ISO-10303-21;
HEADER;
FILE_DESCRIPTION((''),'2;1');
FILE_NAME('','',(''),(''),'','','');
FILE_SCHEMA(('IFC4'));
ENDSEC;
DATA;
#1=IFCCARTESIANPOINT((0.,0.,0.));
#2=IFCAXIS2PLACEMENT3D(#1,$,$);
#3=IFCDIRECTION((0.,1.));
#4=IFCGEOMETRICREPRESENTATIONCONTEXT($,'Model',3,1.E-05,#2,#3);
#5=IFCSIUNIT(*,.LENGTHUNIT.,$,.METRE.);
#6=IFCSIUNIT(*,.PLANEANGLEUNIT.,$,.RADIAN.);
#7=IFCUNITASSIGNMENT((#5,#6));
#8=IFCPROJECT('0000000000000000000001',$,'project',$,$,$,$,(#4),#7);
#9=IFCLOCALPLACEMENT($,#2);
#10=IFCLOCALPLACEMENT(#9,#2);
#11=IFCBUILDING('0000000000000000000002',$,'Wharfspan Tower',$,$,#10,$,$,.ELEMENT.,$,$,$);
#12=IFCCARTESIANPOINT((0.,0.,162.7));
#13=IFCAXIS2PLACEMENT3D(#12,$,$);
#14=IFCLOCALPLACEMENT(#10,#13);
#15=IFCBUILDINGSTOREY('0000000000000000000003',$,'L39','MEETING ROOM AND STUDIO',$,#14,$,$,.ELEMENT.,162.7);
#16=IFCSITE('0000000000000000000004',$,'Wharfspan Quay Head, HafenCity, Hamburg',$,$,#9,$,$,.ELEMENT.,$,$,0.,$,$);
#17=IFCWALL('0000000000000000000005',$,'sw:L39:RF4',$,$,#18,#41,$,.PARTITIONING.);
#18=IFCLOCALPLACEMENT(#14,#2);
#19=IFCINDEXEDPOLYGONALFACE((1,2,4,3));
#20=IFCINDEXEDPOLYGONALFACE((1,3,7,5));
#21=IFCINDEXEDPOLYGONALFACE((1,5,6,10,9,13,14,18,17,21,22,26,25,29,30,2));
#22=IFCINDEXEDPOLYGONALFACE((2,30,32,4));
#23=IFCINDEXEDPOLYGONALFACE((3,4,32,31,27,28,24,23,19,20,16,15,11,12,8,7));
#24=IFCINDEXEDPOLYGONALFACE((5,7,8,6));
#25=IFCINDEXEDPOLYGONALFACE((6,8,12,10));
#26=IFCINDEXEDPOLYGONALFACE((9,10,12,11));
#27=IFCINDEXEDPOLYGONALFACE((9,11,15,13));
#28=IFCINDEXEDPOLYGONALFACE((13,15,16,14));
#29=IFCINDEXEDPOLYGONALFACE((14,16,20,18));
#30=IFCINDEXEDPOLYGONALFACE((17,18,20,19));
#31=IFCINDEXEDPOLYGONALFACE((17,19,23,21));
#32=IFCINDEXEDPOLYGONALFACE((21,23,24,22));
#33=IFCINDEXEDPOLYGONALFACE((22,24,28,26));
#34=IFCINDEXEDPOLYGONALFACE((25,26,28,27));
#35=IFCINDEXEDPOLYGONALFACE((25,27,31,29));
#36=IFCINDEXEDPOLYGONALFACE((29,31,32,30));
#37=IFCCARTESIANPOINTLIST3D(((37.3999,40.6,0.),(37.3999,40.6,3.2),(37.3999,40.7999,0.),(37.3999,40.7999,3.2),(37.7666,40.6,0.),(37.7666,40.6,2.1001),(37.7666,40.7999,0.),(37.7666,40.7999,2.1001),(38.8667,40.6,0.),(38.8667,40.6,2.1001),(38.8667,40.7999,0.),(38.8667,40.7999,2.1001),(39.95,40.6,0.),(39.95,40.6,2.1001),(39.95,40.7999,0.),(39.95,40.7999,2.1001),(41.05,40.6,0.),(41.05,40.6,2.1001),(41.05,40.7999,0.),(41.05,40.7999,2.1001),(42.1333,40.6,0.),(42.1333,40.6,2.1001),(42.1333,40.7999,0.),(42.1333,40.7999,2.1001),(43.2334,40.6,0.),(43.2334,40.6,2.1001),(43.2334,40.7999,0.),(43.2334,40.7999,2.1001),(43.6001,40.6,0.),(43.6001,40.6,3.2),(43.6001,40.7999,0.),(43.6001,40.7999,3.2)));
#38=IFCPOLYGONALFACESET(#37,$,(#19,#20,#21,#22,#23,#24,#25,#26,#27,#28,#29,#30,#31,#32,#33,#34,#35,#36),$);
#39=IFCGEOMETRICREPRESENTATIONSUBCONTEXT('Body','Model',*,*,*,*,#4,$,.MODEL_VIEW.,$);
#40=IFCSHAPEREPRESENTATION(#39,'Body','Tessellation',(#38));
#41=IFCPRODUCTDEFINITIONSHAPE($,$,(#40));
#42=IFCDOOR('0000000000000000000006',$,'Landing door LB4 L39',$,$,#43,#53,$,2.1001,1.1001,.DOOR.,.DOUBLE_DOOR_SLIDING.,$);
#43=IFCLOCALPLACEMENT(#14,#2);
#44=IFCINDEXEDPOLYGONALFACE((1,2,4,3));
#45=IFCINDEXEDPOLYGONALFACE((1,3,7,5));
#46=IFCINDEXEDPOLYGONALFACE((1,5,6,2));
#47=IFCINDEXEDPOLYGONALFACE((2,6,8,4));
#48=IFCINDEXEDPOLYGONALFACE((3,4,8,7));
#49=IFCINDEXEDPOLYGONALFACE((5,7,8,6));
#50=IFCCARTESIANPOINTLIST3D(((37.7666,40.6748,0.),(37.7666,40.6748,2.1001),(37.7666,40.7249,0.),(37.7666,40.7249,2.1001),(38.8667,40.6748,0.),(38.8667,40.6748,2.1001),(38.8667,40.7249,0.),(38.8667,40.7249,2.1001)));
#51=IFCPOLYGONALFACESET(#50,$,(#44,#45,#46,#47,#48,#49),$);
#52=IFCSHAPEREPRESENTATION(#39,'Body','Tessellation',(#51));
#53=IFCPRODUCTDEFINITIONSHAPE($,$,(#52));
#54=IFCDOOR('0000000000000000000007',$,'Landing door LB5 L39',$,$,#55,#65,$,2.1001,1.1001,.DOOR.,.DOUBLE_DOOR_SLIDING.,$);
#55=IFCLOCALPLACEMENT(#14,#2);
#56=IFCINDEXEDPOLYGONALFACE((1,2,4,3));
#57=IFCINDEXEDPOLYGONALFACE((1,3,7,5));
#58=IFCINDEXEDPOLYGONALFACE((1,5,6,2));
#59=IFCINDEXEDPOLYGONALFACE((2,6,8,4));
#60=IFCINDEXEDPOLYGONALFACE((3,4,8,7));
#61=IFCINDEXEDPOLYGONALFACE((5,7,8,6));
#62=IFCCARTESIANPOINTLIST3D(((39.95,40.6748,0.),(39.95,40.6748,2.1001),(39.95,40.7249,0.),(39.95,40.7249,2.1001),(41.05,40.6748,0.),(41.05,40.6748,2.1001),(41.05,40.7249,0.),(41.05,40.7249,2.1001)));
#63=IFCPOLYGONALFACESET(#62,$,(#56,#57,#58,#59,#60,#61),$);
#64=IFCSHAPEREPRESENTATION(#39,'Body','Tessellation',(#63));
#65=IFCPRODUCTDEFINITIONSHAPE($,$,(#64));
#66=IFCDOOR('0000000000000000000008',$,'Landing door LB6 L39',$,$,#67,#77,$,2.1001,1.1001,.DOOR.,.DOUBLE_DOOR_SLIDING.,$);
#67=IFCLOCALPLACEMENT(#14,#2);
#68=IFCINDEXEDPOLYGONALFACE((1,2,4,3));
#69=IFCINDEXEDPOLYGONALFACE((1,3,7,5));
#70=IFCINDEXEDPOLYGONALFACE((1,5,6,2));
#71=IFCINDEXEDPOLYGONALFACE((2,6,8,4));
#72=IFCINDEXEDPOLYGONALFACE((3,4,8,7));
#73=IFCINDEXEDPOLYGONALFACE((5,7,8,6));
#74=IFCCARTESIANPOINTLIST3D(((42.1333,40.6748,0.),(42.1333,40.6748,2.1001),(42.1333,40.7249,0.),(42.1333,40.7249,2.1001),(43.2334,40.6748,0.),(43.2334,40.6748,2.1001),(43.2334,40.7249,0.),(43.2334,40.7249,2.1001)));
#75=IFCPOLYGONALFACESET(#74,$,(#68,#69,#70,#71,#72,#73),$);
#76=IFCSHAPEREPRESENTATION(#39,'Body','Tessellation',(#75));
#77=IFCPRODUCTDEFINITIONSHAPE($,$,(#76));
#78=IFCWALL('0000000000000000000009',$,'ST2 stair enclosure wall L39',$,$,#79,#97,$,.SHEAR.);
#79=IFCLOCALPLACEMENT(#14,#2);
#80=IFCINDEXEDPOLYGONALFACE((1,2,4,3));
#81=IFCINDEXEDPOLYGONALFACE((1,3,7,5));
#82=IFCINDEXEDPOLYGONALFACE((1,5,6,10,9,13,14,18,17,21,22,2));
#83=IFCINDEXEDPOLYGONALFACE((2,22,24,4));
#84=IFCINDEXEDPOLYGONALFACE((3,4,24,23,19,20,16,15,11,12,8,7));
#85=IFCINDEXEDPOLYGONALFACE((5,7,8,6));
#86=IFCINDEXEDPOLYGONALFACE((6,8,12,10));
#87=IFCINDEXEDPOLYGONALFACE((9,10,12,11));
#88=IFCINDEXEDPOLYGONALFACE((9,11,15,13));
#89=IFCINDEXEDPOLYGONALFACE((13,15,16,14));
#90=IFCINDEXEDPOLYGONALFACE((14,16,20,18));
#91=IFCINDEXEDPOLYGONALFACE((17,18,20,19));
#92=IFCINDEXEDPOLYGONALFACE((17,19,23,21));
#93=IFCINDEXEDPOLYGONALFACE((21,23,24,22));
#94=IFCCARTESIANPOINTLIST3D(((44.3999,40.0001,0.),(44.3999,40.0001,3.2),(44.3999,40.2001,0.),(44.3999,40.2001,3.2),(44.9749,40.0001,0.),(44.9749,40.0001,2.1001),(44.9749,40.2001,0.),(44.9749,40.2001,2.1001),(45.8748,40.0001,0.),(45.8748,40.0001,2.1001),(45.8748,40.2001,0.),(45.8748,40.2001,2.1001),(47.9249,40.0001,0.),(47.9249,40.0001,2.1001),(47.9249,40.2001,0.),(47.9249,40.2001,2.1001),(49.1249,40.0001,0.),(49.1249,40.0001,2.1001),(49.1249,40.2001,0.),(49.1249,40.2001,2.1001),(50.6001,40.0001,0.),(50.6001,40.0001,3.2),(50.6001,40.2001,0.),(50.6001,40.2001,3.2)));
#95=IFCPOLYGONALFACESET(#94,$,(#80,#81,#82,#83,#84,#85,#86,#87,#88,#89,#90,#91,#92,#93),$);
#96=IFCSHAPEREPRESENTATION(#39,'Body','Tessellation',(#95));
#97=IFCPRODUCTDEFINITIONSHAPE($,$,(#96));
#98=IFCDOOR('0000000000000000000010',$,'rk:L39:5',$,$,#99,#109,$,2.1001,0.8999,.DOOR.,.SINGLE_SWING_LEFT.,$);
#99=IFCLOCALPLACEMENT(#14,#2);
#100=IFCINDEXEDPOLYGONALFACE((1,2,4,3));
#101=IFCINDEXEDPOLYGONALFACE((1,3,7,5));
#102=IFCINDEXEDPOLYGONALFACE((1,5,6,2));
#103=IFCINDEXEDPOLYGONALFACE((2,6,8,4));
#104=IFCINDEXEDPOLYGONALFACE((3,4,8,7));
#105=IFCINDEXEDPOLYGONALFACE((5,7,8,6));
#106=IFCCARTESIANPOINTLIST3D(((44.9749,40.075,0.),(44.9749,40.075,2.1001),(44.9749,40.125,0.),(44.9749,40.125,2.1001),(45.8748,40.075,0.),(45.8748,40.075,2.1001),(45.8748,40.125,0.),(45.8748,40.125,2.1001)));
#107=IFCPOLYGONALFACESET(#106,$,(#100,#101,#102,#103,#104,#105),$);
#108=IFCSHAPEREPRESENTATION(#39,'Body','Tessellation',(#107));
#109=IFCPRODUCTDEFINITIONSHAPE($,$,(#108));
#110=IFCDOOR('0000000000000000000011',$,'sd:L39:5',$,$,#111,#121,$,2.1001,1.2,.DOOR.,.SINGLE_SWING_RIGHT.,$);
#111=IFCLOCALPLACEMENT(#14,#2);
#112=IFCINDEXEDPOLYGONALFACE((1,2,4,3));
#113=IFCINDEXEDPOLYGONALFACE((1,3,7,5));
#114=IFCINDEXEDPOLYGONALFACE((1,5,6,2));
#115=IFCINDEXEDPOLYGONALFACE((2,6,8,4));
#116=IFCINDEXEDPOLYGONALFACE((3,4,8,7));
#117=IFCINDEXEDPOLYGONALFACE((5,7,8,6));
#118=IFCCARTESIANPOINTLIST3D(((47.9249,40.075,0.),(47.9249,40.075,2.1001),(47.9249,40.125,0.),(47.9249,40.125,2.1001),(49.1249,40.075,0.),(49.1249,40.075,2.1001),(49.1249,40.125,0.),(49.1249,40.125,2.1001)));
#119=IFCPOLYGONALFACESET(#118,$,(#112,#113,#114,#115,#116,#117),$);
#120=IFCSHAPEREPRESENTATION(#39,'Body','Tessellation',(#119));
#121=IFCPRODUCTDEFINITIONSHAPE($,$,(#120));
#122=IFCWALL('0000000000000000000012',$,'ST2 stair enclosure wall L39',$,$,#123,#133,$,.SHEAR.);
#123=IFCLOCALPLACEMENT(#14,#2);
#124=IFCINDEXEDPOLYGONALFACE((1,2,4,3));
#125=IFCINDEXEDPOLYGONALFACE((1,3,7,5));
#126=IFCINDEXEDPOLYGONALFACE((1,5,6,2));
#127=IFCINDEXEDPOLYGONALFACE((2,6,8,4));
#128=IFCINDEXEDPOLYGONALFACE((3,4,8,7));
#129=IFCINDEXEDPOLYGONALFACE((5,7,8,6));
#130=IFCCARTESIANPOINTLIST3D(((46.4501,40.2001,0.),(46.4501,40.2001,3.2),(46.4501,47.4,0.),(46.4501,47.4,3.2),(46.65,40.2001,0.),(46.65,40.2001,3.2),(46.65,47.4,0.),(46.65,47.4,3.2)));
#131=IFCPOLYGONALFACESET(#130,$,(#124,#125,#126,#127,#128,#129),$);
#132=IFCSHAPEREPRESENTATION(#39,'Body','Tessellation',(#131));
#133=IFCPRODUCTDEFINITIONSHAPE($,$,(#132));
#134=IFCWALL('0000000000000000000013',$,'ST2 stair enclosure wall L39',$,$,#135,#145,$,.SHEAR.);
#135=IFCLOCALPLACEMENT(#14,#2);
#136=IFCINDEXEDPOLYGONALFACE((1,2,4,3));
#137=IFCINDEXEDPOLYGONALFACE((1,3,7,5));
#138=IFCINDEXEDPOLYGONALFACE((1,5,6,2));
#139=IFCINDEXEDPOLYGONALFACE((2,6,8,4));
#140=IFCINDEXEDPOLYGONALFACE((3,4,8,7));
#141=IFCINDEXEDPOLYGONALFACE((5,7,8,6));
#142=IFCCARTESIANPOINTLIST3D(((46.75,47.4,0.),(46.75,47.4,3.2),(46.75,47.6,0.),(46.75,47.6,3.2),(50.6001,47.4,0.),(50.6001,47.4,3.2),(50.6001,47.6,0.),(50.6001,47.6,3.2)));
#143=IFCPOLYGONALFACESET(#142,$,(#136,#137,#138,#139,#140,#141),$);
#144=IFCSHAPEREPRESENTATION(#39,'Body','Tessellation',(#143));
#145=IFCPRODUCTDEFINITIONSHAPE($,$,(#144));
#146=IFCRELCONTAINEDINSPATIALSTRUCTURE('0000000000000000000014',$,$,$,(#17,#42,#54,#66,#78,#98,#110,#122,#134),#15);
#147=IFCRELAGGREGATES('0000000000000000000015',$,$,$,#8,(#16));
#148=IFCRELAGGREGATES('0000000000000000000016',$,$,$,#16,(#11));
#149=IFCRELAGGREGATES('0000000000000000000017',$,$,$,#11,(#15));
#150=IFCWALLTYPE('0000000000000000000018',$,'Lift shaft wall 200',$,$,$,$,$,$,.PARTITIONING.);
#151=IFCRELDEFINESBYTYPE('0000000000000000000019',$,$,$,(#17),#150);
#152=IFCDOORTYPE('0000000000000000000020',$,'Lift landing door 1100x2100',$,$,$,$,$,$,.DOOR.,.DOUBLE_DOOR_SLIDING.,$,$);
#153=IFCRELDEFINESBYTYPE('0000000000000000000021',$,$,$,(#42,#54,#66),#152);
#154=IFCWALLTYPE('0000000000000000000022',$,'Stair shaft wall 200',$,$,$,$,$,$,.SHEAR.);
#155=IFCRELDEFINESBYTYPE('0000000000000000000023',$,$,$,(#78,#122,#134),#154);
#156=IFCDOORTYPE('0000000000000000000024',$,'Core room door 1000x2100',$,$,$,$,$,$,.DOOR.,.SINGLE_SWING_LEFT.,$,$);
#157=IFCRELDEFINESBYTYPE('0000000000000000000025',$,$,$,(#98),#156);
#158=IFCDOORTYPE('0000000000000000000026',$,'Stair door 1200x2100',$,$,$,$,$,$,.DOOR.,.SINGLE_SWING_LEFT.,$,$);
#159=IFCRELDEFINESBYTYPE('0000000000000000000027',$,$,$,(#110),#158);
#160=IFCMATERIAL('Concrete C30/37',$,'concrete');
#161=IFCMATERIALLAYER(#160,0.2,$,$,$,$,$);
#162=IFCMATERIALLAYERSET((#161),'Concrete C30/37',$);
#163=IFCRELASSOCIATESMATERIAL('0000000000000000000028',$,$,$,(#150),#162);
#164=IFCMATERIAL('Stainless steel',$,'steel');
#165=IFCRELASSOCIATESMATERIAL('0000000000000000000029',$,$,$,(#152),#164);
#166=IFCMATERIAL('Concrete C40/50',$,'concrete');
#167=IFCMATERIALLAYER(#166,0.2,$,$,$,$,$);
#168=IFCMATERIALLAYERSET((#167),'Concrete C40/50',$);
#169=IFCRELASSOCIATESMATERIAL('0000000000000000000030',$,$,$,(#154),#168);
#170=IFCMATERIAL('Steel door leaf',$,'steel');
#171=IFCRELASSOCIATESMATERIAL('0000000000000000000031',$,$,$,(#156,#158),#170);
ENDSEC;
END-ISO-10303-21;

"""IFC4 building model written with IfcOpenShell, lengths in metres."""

from ifc_helpers import new_model, si_unit, direction, frame, frame_2d, origin, place, context, subcontext, project, spatial, rectangle, extrude, material, layer, layer_set, type_object, element, fill, save


model = new_model("IFC4")

# Units and contexts
model_context = context("Model", 3, precision=1e-05, world=origin(), true_north=direction((0.0, 1.0)))
body_context = subcontext(model_context, "Body", "Model", "MODEL_VIEW")
ifc_project = project(units=[si_unit("LENGTHUNIT", "METRE"), si_unit("PLANEANGLEUNIT", "RADIAN")], contexts=[model_context])

# Site, building, storey
site_placement = place(None, origin())
site = spatial("IfcSite", under=ifc_project, at=site_placement, Name="Wharfspan Quay Head, HafenCity, Hamburg", CompositionType="ELEMENT", RefElevation=0.0)
building_placement = place(site_placement, origin())
building = spatial("IfcBuilding", under=site, at=building_placement, Name="Wharfspan Tower", CompositionType="ELEMENT")
storey_placement = place(building_placement, frame((0.0, 0.0, 162.7)))
storey = spatial("IfcBuildingStorey", under=building, at=storey_placement, Name="L39", Description="MEETING ROOM AND STUDIO", CompositionType="ELEMENT", Elevation=162.7)

# Walls, openings, doors
ifc_material_1 = material(Name="Concrete C30/37", Category="concrete")
ifc_layer_1 = layer(ifc_material_1, 0.2)
ifc_layer_set_1 = layer_set([ifc_layer_1], Name="Concrete C30/37")
wall_type_1 = type_object("IfcWallType", Name="Lift shaft wall 200", PredefinedType="PARTITIONING", material=ifc_layer_set_1)
wall_1_placement = place(storey_placement, frame((37.3999, 40.7, 0.0), z_axis=(0.0, 0.0, 1.0), x_axis=(1.0, 0.0, 0.0)))
wall_1 = element("IfcWall", 1, at=wall_1_placement, inside=storey, type_object=wall_type_1, Name="sw:L39:RF4", PredefinedType="PARTITIONING", context=body_context, shape_type="SweptSolid", body=[
    extrude(rectangle(XDim=6.2002, YDim=0.2, at=frame_2d((3.1001, 0.0))), origin(), (0.0, 0.0, 1.0), 3.2),
])
opening_1_placement = place(wall_1_placement, frame((0.3667, 0.0, 0.0)))
opening_1 = element("IfcOpeningElement", 2, at=opening_1_placement, cuts=wall_1, PredefinedType="OPENING", context=body_context, shape_type="SweptSolid", body=[
    extrude(rectangle(XDim=1.1001, YDim=2.1001, at=frame_2d((0.55, 1.05))), frame((0.0, 0.1099, 0.0), z_axis=(0.0, -1.0, 0.0), x_axis=(1.0, 0.0, 0.0)), (0.0, 0.0, 1.0), 0.22),
])
opening_2_placement = place(wall_1_placement, frame((2.55, 0.0, 0.0)))
opening_2 = element("IfcOpeningElement", 3, at=opening_2_placement, cuts=wall_1, PredefinedType="OPENING", context=body_context, shape_type="SweptSolid", body=[
    extrude(rectangle(XDim=1.1001, YDim=2.1001, at=frame_2d((0.55, 1.05))), frame((0.0, 0.1099, 0.0), z_axis=(0.0, -1.0, 0.0), x_axis=(1.0, 0.0, 0.0)), (0.0, 0.0, 1.0), 0.22),
])
opening_3_placement = place(wall_1_placement, frame((4.7334, 0.0, 0.0)))
opening_3 = element("IfcOpeningElement", 4, at=opening_3_placement, cuts=wall_1, PredefinedType="OPENING", context=body_context, shape_type="SweptSolid", body=[
    extrude(rectangle(XDim=1.1001, YDim=2.1001, at=frame_2d((0.55, 1.05))), frame((0.0, 0.1099, 0.0), z_axis=(0.0, -1.0, 0.0), x_axis=(1.0, 0.0, 0.0)), (0.0, 0.0, 1.0), 0.22),
])
ifc_material_2 = material(Name="Stainless steel", Category="steel")
door_type_1 = type_object("IfcDoorType", Name="Lift landing door 1100x2100", OperationType="DOUBLE_DOOR_SLIDING", PredefinedType="DOOR", material=ifc_material_2)
door_1_placement = place(opening_1_placement, origin())
door_1 = element("IfcDoor", 5, at=door_1_placement, inside=storey, type_object=door_type_1, Name="Landing door LB4 L39", OperationType="DOUBLE_DOOR_SLIDING", OverallHeight=2.1001, OverallWidth=1.1001, PredefinedType="DOOR", context=body_context, shape_type="SweptSolid", body=[
    extrude(rectangle(XDim=1.1001, YDim=2.1001, at=frame_2d((0.55, 1.05))), frame((0.0, 0.0249, 0.0), z_axis=(0.0, -1.0, 0.0), x_axis=(1.0, 0.0, 0.0)), (0.0, 0.0, 1.0), 0.05),
])
fill(opening_1, door_1)
door_2_placement = place(opening_2_placement, origin())
door_2 = element("IfcDoor", 6, at=door_2_placement, inside=storey, type_object=door_type_1, Name="Landing door LB5 L39", OperationType="DOUBLE_DOOR_SLIDING", OverallHeight=2.1001, OverallWidth=1.1001, PredefinedType="DOOR", context=body_context, shape_type="SweptSolid", body=[
    extrude(rectangle(XDim=1.1001, YDim=2.1001, at=frame_2d((0.55, 1.05))), frame((0.0, 0.0249, 0.0), z_axis=(0.0, -1.0, 0.0), x_axis=(1.0, 0.0, 0.0)), (0.0, 0.0, 1.0), 0.05),
])
fill(opening_2, door_2)
door_3_placement = place(opening_3_placement, origin())
door_3 = element("IfcDoor", 7, at=door_3_placement, inside=storey, type_object=door_type_1, Name="Landing door LB6 L39", OperationType="DOUBLE_DOOR_SLIDING", OverallHeight=2.1001, OverallWidth=1.1001, PredefinedType="DOOR", context=body_context, shape_type="SweptSolid", body=[
    extrude(rectangle(XDim=1.1001, YDim=2.1001, at=frame_2d((0.55, 1.05))), frame((0.0, 0.0249, 0.0), z_axis=(0.0, -1.0, 0.0), x_axis=(1.0, 0.0, 0.0)), (0.0, 0.0, 1.0), 0.05),
])
fill(opening_3, door_3)
ifc_material_3 = material(Name="Concrete C40/50", Category="concrete")
ifc_layer_2 = layer(ifc_material_3, 0.2)
ifc_layer_set_2 = layer_set([ifc_layer_2], Name="Concrete C40/50")
wall_type_2 = type_object("IfcWallType", Name="Stair shaft wall 200", PredefinedType="SHEAR", material=ifc_layer_set_2)
wall_2_placement = place(storey_placement, frame((44.3999, 40.1001, 0.0), z_axis=(0.0, 0.0, 1.0), x_axis=(1.0, 0.0, 0.0)))
wall_2 = element("IfcWall", 8, at=wall_2_placement, inside=storey, type_object=wall_type_2, Name="ST2 stair enclosure wall L39", PredefinedType="SHEAR", context=body_context, shape_type="SweptSolid", body=[
    extrude(rectangle(XDim=6.2002, YDim=0.2, at=frame_2d((3.1001, 0.0))), origin(), (0.0, 0.0, 1.0), 3.2),
])
opening_4_placement = place(wall_2_placement, frame((3.5249, 0.0, 0.0)))
opening_4 = element("IfcOpeningElement", 9, at=opening_4_placement, cuts=wall_2, PredefinedType="OPENING", context=body_context, shape_type="SweptSolid", body=[
    extrude(rectangle(XDim=1.2, YDim=2.1001, at=frame_2d((0.6001, 1.05))), frame((0.0, 0.1099, 0.0), z_axis=(0.0, -1.0, 0.0), x_axis=(1.0, 0.0, 0.0)), (0.0, 0.0, 1.0), 0.22),
])
opening_5_placement = place(wall_2_placement, frame((0.575, 0.0, 0.0)))
opening_5 = element("IfcOpeningElement", 10, at=opening_5_placement, cuts=wall_2, PredefinedType="OPENING", context=body_context, shape_type="SweptSolid", body=[
    extrude(rectangle(XDim=0.8999, YDim=2.1001, at=frame_2d((0.45, 1.05))), frame((0.0, 0.1099, 0.0), z_axis=(0.0, -1.0, 0.0), x_axis=(1.0, 0.0, 0.0)), (0.0, 0.0, 1.0), 0.22),
])
ifc_material_4 = material(Name="Steel door leaf", Category="steel")
door_type_2 = type_object("IfcDoorType", Name="Core room door 1000x2100", OperationType="SINGLE_SWING_LEFT", PredefinedType="DOOR", material=ifc_material_4)
door_4_placement = place(opening_5_placement, origin())
door_4 = element("IfcDoor", 11, at=door_4_placement, inside=storey, type_object=door_type_2, Name="rk:L39:5", OperationType="SINGLE_SWING_LEFT", OverallHeight=2.1001, OverallWidth=0.8999, PredefinedType="DOOR", context=body_context, shape_type="SweptSolid", body=[
    extrude(rectangle(XDim=0.8999, YDim=2.1001, at=frame_2d((0.45, 1.05))), frame((0.0, 0.0249, 0.0), z_axis=(0.0, -1.0, 0.0), x_axis=(1.0, 0.0, 0.0)), (0.0, 0.0, 1.0), 0.05),
])
fill(opening_5, door_4)
door_type_3 = type_object("IfcDoorType", Name="Stair door 1200x2100", OperationType="SINGLE_SWING_LEFT", PredefinedType="DOOR", material=ifc_material_4)
door_5_placement = place(opening_4_placement, origin())
door_5 = element("IfcDoor", 12, at=door_5_placement, inside=storey, type_object=door_type_3, Name="sd:L39:5", OperationType="SINGLE_SWING_RIGHT", OverallHeight=2.1001, OverallWidth=1.2, PredefinedType="DOOR", context=body_context, shape_type="SweptSolid", body=[
    extrude(rectangle(XDim=1.2, YDim=2.1001, at=frame_2d((0.6001, 1.05))), frame((0.0, 0.0249, 0.0), z_axis=(0.0, -1.0, 0.0), x_axis=(1.0, 0.0, 0.0)), (0.0, 0.0, 1.0), 0.05),
])
fill(opening_4, door_5)

# Walls
wall_3_placement = place(storey_placement, frame((46.55, 40.2, 0.0), z_axis=(0.0, 0.0, 1.0), x_axis=(0.0, 1.0, 0.0)))
element("IfcWall", 13, at=wall_3_placement, inside=storey, type_object=wall_type_2, Name="ST2 stair enclosure wall L39", PredefinedType="SHEAR", context=body_context, shape_type="SweptSolid", body=[
    extrude(rectangle(XDim=7.2, YDim=0.2, at=frame_2d((3.6001, 0.0))), origin(), (0.0, 0.0, 1.0), 3.2),
])
wall_4_placement = place(storey_placement, frame((46.75, 47.5, 0.0), z_axis=(0.0, 0.0, 1.0), x_axis=(1.0, 0.0, 0.0)))
element("IfcWall", 14, at=wall_4_placement, inside=storey, type_object=wall_type_2, Name="ST2 stair enclosure wall L39", PredefinedType="SHEAR", context=body_context, shape_type="SweptSolid", body=[
    extrude(rectangle(XDim=3.8501, YDim=0.2, at=frame_2d((1.925, 0.0))), origin(), (0.0, 0.0, 1.0), 3.2),
])

save(model, "model.ifc")
